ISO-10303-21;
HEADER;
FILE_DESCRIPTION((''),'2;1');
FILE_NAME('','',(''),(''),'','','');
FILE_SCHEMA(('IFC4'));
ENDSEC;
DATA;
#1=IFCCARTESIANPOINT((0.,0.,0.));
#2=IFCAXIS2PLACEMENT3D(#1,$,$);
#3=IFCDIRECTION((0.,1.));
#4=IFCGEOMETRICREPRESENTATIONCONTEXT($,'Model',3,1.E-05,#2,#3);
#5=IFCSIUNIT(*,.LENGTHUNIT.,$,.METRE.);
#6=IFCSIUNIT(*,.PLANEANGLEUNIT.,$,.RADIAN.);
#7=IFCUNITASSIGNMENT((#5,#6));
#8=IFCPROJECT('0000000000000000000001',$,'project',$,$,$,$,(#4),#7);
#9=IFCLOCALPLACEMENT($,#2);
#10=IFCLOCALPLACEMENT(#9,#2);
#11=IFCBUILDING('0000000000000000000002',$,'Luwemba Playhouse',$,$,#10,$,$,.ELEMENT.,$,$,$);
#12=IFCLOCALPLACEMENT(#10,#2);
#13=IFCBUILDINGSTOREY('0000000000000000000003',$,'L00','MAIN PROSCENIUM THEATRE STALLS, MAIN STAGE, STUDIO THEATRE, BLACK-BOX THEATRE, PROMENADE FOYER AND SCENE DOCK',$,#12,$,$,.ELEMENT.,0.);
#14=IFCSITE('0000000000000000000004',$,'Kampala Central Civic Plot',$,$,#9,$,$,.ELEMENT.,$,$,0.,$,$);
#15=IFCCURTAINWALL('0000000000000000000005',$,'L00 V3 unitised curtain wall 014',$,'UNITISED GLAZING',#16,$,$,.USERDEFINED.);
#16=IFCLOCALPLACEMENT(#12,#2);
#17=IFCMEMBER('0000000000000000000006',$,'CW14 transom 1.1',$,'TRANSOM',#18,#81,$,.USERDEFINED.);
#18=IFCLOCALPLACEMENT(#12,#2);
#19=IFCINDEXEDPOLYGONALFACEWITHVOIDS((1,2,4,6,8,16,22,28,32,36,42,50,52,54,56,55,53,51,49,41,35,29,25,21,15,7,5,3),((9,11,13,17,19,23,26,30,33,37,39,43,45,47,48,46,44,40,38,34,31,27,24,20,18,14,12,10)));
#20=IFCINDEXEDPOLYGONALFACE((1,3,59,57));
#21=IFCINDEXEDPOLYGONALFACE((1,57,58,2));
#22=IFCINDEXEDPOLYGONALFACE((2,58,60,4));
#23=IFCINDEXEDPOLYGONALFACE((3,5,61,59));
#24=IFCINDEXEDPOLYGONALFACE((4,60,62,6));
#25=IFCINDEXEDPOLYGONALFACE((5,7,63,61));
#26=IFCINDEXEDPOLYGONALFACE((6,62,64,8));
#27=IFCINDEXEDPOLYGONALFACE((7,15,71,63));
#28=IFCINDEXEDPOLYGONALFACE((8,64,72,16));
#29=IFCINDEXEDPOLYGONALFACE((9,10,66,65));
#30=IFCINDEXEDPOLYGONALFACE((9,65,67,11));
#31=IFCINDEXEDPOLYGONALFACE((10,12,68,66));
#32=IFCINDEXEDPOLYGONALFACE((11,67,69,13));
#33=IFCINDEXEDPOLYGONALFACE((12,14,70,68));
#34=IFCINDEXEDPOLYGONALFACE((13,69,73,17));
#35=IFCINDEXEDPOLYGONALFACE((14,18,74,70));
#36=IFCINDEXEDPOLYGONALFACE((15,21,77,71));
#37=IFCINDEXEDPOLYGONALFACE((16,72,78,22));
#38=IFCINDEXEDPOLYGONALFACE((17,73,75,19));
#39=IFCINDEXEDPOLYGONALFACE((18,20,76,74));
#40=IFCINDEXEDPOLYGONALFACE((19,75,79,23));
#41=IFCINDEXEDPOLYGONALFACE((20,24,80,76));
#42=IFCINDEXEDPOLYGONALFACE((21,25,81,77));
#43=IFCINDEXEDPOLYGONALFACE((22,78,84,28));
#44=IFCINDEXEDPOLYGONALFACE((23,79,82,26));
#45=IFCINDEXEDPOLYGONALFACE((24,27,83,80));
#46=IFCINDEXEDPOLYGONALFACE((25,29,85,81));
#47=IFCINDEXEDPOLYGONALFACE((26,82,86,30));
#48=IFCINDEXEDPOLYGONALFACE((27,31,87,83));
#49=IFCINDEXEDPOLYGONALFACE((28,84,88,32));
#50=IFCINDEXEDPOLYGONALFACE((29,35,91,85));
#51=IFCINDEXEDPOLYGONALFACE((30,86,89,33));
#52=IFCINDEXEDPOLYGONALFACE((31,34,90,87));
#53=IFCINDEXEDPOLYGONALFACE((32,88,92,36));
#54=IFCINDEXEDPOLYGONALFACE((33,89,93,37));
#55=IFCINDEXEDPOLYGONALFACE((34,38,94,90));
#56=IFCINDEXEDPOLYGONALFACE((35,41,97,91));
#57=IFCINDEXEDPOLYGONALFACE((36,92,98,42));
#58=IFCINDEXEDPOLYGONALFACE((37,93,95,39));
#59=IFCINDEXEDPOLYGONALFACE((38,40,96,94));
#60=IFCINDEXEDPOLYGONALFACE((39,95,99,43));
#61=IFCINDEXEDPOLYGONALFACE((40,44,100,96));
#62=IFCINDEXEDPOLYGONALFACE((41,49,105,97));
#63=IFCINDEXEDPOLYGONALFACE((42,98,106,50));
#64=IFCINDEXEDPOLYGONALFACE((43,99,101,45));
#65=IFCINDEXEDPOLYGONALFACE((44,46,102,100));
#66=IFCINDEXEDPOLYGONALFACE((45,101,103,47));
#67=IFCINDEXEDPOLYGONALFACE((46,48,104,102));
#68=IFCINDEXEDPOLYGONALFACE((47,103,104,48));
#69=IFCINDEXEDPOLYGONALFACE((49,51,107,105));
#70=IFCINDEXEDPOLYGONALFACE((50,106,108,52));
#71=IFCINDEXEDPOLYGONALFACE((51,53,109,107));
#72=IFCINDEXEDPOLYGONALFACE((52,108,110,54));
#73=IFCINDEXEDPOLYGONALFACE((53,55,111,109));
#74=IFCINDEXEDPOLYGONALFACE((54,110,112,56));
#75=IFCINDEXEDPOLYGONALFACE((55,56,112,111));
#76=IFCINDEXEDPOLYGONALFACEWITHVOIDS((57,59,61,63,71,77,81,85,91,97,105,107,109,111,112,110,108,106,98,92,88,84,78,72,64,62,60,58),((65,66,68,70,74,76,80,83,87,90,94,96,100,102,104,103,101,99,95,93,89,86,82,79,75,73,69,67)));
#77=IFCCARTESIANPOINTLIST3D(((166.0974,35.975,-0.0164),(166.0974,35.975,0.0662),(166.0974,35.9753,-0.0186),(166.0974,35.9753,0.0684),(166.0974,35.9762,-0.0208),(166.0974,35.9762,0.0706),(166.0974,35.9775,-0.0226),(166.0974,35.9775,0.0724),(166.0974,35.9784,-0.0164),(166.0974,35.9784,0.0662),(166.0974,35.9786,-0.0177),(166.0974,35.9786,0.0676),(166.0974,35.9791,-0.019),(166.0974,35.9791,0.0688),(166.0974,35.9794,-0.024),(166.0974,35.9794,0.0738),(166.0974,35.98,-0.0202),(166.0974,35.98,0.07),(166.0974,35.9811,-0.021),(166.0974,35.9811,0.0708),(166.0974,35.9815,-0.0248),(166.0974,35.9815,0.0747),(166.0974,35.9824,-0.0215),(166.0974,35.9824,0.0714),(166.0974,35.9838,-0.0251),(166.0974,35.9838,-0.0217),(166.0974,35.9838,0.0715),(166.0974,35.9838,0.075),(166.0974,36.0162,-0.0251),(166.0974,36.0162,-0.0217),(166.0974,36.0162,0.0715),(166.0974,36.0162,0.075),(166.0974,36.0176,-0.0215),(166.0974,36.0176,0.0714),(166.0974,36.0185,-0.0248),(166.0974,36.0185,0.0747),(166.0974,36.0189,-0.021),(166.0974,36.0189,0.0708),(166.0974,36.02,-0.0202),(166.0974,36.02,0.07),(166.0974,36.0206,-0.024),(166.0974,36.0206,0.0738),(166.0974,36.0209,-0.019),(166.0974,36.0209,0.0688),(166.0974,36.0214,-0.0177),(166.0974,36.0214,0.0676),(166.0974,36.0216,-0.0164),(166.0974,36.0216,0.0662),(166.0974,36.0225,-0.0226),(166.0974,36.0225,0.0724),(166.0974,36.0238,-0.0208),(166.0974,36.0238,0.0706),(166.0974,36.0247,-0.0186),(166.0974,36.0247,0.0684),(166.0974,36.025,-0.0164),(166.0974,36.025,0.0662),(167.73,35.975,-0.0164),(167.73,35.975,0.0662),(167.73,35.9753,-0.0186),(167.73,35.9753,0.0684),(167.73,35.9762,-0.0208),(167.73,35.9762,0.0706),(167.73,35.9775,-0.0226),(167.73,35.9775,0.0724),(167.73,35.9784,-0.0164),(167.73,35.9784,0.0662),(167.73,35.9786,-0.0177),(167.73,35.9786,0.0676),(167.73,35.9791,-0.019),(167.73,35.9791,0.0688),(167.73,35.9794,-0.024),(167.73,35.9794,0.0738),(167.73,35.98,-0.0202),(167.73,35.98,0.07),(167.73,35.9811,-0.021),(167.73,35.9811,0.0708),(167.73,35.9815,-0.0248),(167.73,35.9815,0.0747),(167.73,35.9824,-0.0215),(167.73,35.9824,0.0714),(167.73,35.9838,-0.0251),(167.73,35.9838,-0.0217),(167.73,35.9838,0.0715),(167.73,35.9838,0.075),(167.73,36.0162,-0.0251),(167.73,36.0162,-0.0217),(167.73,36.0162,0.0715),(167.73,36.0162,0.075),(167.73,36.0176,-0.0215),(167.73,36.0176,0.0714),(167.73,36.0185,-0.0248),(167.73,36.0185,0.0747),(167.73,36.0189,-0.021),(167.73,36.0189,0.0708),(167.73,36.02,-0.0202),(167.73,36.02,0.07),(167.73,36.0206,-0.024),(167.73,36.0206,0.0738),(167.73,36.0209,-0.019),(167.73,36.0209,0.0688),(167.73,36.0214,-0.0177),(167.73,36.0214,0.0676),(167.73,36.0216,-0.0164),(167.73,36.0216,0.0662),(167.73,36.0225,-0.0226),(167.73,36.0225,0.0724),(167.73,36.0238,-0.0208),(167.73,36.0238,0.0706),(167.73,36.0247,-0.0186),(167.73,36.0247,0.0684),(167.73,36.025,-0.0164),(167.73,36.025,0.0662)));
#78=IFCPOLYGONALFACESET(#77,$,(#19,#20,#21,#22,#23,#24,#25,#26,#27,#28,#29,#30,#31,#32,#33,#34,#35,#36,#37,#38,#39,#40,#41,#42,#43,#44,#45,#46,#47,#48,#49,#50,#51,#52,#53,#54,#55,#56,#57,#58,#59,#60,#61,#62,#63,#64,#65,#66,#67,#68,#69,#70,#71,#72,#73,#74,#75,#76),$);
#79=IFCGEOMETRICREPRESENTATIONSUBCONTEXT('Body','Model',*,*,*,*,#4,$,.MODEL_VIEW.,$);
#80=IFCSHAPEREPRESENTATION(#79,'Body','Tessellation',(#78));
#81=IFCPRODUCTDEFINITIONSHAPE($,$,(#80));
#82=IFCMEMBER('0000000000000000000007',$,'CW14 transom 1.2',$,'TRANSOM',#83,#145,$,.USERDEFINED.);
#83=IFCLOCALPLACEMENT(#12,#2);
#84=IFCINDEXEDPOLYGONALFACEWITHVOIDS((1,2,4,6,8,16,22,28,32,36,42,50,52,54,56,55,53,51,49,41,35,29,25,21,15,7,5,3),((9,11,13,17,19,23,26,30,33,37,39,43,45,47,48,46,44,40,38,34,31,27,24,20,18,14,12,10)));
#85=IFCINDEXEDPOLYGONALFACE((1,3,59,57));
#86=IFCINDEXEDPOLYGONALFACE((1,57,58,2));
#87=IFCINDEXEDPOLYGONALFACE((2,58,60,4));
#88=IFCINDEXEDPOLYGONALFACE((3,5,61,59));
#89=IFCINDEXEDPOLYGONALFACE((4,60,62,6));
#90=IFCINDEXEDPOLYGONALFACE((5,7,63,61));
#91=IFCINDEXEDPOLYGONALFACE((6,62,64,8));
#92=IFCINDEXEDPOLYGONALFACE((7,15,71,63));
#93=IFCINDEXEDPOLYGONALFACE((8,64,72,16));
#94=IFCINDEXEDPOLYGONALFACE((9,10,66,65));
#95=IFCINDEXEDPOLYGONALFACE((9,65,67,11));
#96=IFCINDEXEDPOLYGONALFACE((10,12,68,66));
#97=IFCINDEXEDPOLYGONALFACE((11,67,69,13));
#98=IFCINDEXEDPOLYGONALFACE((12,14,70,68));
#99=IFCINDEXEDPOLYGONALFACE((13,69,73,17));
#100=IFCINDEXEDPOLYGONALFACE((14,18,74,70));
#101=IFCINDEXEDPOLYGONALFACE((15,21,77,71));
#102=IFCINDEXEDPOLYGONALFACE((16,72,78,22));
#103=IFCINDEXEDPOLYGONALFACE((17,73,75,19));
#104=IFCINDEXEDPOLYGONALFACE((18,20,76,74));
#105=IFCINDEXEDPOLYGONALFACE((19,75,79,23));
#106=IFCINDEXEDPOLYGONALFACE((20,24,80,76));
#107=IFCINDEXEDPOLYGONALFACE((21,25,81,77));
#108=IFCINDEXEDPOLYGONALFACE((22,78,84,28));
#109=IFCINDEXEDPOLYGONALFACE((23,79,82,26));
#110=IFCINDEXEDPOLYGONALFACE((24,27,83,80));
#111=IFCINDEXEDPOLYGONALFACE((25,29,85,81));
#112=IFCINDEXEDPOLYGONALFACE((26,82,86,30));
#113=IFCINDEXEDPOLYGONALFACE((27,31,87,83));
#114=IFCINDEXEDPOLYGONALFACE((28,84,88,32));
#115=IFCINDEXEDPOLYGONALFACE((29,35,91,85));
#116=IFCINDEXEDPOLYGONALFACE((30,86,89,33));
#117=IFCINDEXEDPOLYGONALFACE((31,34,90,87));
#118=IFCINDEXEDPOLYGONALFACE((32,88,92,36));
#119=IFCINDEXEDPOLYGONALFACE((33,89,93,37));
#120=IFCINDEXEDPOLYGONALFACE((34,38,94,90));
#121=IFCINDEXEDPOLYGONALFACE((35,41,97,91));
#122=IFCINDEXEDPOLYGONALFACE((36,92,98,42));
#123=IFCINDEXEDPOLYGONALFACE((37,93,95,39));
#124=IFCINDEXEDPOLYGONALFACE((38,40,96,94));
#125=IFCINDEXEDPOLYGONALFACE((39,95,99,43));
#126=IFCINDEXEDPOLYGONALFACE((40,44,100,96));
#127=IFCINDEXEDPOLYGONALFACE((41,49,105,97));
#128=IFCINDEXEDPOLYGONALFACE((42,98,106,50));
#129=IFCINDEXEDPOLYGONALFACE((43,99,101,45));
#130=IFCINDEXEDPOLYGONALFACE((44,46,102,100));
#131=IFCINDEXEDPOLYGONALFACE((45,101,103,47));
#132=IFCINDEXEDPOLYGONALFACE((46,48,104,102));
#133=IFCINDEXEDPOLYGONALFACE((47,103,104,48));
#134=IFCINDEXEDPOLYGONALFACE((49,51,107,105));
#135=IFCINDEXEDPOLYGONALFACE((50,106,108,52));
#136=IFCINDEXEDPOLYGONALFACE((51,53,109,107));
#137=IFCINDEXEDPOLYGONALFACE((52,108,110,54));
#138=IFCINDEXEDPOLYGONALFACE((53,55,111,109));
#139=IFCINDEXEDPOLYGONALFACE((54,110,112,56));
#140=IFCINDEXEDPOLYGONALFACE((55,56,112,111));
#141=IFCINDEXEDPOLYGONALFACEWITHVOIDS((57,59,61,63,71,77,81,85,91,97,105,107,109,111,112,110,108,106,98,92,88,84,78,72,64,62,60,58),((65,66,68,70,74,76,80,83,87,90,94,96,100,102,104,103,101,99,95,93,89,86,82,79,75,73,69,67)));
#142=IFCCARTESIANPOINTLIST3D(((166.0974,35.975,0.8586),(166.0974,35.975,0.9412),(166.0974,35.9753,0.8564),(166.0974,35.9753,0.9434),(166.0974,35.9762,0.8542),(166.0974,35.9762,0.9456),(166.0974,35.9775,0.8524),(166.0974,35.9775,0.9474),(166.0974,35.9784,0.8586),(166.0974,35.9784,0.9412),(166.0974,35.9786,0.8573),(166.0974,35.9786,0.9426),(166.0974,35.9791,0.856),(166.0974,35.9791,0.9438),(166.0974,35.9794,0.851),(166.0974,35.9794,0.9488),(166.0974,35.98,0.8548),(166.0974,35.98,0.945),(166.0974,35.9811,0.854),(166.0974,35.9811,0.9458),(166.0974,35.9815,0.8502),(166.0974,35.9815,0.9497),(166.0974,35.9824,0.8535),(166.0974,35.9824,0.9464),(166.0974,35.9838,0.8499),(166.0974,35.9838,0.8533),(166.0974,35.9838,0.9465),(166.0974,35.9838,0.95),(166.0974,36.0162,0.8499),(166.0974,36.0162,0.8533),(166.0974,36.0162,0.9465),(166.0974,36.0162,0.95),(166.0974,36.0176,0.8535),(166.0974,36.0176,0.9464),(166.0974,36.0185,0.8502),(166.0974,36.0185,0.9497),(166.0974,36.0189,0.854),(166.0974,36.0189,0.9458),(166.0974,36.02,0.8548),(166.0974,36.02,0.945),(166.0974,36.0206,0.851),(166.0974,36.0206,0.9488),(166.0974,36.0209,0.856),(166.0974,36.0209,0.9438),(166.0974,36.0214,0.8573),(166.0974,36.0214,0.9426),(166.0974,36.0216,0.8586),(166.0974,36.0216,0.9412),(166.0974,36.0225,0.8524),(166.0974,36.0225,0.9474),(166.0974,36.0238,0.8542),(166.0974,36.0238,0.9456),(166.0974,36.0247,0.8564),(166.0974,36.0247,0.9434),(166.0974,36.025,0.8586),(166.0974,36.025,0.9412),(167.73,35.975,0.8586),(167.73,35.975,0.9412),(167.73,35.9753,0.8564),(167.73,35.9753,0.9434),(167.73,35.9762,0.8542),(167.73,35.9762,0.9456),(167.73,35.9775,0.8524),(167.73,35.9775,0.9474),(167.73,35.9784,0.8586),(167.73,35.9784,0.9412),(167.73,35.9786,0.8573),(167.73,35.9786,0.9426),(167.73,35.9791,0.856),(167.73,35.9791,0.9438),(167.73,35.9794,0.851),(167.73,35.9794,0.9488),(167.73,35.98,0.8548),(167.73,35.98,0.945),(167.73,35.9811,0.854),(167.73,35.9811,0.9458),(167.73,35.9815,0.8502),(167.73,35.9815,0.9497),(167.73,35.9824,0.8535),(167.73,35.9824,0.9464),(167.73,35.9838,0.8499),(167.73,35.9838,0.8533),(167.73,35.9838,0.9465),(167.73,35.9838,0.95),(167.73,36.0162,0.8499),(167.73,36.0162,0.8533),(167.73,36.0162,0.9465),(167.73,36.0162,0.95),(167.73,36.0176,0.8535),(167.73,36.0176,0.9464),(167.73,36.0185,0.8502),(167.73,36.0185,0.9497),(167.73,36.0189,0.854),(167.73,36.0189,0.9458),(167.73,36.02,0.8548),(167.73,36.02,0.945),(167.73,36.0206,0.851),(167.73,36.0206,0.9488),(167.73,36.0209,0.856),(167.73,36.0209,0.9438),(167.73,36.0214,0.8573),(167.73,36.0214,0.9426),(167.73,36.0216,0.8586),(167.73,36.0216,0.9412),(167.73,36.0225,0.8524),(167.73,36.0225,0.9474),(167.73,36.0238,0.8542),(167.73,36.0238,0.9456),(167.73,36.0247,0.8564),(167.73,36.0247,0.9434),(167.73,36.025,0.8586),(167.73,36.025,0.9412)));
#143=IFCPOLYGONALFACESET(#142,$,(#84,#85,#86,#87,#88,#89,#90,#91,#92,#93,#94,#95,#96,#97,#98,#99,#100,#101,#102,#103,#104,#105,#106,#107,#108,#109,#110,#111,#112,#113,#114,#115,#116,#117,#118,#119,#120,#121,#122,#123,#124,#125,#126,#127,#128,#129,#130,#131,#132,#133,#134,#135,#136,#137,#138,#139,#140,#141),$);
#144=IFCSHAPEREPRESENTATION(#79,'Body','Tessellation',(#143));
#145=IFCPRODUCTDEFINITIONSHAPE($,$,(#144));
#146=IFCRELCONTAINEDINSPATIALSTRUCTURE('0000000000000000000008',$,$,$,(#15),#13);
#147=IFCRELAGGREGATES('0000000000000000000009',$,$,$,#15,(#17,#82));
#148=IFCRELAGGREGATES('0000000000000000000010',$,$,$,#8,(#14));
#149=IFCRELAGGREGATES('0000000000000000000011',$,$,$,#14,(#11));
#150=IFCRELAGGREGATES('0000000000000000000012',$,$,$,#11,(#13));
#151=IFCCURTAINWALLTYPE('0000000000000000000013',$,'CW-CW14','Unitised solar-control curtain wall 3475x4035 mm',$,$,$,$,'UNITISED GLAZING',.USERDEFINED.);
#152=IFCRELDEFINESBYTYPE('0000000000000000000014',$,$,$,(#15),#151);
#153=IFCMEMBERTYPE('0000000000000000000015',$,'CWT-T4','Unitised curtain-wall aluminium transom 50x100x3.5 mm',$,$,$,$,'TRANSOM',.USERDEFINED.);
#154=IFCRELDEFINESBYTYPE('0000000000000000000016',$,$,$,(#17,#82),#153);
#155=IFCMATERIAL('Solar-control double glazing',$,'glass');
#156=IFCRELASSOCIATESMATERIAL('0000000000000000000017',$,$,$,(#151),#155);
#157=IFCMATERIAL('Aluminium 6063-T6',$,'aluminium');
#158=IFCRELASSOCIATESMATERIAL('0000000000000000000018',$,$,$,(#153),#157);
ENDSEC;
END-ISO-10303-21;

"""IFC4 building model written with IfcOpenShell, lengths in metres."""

from ifc_helpers import new_model, si_unit, direction, frame, origin, origin_2d, place, context, subcontext, project, spatial, hollow_rectangle, extrude, material, material_profile, profile_set, type_object, element, aggregate, save


model = new_model("IFC4")

# Units and contexts
model_context = context("Model", 3, precision=1e-05, world=origin(), true_north=direction((0.0, 1.0)))
body_context = subcontext(model_context, "Body", "Model", "MODEL_VIEW")
ifc_project = project(units=[si_unit("LENGTHUNIT", "METRE"), si_unit("PLANEANGLEUNIT", "RADIAN")], contexts=[model_context])

# Site, building, storey
site_placement = place(None, origin())
site = spatial("IfcSite", under=ifc_project, at=site_placement, Name="Kampala Central Civic Plot", CompositionType="ELEMENT", RefElevation=0.0)
building_placement = place(site_placement, origin())
building = spatial("IfcBuilding", under=site, at=building_placement, Name="Luwemba Playhouse", CompositionType="ELEMENT")
storey_placement = place(building_placement, origin())
storey = spatial("IfcBuildingStorey", under=building, at=storey_placement, Name="L00", Description="MAIN PROSCENIUM THEATRE STALLS, MAIN STAGE, STUDIO THEATRE, BLACK-BOX THEATRE, PROMENADE FOYER AND SCENE DOCK", CompositionType="ELEMENT", Elevation=0.0)

# Curtain wall, members
ifc_material_1 = material(Name="Solar-control double glazing", Category="glass")
curtain_wall_type = type_object("IfcCurtainWallType", Name="CW-CW14", Description="Unitised solar-control curtain wall 3475x4035 mm", ElementType="UNITISED GLAZING", PredefinedType="USERDEFINED", material=ifc_material_1)
curtain_wall_placement = place(storey_placement, origin())
curtain_wall = element("IfcCurtainWall", 1, at=curtain_wall_placement, inside=storey, type_object=curtain_wall_type, Name="L00 V3 unitised curtain wall 014", ObjectType="UNITISED GLAZING", PredefinedType="USERDEFINED")
ifc_material_2 = material(Name="Aluminium 6063-T6", Category="aluminium")
ifc_material_profile_1 = material_profile(ifc_material_2, hollow_rectangle(XDim=0.05, YDim=0.1001, WallThickness=0.0034, InnerFilletRadius=0.0054, OuterFilletRadius=0.0088, at=origin_2d()))
ifc_profile_set_1 = profile_set([ifc_material_profile_1], Name="Aluminium 6063-T6")
member_type_1 = type_object("IfcMemberType", Name="CWT-T4", Description="Unitised curtain-wall aluminium transom 50x100x3.5 mm", ElementType="TRANSOM", PredefinedType="USERDEFINED", material=ifc_profile_set_1)
member_1_placement = place(storey_placement, frame((167.73, 36.0, 0.0249), z_axis=(-1.0, 0.0, 0.0), x_axis=(0.0, -1.0, 0.0)))
member_1 = element("IfcMember", 2, at=member_1_placement, type_object=member_type_1, Name="CW14 transom 1.1", ObjectType="TRANSOM", PredefinedType="USERDEFINED", context=body_context, shape_type="SweptSolid", body=[
    extrude(hollow_rectangle(XDim=0.05, YDim=0.1001, WallThickness=0.0034, InnerFilletRadius=0.0054, OuterFilletRadius=0.0088, at=origin_2d()), origin(), (0.0, 0.0, 1.0), 1.6326),
])
member_2_placement = place(storey_placement, frame((167.73, 36.0, 0.8999), z_axis=(-1.0, 0.0, 0.0), x_axis=(0.0, -1.0, 0.0)))
member_2 = element("IfcMember", 3, at=member_2_placement, type_object=member_type_1, Name="CW14 transom 1.2", ObjectType="TRANSOM", PredefinedType="USERDEFINED", context=body_context, shape_type="SweptSolid", body=[
    extrude(hollow_rectangle(XDim=0.05, YDim=0.1001, WallThickness=0.0034, InnerFilletRadius=0.0054, OuterFilletRadius=0.0088, at=origin_2d()), origin(), (0.0, 0.0, 1.0), 1.6326),
])
aggregate(curtain_wall, [member_1, member_2])

save(model, "model.ifc")
